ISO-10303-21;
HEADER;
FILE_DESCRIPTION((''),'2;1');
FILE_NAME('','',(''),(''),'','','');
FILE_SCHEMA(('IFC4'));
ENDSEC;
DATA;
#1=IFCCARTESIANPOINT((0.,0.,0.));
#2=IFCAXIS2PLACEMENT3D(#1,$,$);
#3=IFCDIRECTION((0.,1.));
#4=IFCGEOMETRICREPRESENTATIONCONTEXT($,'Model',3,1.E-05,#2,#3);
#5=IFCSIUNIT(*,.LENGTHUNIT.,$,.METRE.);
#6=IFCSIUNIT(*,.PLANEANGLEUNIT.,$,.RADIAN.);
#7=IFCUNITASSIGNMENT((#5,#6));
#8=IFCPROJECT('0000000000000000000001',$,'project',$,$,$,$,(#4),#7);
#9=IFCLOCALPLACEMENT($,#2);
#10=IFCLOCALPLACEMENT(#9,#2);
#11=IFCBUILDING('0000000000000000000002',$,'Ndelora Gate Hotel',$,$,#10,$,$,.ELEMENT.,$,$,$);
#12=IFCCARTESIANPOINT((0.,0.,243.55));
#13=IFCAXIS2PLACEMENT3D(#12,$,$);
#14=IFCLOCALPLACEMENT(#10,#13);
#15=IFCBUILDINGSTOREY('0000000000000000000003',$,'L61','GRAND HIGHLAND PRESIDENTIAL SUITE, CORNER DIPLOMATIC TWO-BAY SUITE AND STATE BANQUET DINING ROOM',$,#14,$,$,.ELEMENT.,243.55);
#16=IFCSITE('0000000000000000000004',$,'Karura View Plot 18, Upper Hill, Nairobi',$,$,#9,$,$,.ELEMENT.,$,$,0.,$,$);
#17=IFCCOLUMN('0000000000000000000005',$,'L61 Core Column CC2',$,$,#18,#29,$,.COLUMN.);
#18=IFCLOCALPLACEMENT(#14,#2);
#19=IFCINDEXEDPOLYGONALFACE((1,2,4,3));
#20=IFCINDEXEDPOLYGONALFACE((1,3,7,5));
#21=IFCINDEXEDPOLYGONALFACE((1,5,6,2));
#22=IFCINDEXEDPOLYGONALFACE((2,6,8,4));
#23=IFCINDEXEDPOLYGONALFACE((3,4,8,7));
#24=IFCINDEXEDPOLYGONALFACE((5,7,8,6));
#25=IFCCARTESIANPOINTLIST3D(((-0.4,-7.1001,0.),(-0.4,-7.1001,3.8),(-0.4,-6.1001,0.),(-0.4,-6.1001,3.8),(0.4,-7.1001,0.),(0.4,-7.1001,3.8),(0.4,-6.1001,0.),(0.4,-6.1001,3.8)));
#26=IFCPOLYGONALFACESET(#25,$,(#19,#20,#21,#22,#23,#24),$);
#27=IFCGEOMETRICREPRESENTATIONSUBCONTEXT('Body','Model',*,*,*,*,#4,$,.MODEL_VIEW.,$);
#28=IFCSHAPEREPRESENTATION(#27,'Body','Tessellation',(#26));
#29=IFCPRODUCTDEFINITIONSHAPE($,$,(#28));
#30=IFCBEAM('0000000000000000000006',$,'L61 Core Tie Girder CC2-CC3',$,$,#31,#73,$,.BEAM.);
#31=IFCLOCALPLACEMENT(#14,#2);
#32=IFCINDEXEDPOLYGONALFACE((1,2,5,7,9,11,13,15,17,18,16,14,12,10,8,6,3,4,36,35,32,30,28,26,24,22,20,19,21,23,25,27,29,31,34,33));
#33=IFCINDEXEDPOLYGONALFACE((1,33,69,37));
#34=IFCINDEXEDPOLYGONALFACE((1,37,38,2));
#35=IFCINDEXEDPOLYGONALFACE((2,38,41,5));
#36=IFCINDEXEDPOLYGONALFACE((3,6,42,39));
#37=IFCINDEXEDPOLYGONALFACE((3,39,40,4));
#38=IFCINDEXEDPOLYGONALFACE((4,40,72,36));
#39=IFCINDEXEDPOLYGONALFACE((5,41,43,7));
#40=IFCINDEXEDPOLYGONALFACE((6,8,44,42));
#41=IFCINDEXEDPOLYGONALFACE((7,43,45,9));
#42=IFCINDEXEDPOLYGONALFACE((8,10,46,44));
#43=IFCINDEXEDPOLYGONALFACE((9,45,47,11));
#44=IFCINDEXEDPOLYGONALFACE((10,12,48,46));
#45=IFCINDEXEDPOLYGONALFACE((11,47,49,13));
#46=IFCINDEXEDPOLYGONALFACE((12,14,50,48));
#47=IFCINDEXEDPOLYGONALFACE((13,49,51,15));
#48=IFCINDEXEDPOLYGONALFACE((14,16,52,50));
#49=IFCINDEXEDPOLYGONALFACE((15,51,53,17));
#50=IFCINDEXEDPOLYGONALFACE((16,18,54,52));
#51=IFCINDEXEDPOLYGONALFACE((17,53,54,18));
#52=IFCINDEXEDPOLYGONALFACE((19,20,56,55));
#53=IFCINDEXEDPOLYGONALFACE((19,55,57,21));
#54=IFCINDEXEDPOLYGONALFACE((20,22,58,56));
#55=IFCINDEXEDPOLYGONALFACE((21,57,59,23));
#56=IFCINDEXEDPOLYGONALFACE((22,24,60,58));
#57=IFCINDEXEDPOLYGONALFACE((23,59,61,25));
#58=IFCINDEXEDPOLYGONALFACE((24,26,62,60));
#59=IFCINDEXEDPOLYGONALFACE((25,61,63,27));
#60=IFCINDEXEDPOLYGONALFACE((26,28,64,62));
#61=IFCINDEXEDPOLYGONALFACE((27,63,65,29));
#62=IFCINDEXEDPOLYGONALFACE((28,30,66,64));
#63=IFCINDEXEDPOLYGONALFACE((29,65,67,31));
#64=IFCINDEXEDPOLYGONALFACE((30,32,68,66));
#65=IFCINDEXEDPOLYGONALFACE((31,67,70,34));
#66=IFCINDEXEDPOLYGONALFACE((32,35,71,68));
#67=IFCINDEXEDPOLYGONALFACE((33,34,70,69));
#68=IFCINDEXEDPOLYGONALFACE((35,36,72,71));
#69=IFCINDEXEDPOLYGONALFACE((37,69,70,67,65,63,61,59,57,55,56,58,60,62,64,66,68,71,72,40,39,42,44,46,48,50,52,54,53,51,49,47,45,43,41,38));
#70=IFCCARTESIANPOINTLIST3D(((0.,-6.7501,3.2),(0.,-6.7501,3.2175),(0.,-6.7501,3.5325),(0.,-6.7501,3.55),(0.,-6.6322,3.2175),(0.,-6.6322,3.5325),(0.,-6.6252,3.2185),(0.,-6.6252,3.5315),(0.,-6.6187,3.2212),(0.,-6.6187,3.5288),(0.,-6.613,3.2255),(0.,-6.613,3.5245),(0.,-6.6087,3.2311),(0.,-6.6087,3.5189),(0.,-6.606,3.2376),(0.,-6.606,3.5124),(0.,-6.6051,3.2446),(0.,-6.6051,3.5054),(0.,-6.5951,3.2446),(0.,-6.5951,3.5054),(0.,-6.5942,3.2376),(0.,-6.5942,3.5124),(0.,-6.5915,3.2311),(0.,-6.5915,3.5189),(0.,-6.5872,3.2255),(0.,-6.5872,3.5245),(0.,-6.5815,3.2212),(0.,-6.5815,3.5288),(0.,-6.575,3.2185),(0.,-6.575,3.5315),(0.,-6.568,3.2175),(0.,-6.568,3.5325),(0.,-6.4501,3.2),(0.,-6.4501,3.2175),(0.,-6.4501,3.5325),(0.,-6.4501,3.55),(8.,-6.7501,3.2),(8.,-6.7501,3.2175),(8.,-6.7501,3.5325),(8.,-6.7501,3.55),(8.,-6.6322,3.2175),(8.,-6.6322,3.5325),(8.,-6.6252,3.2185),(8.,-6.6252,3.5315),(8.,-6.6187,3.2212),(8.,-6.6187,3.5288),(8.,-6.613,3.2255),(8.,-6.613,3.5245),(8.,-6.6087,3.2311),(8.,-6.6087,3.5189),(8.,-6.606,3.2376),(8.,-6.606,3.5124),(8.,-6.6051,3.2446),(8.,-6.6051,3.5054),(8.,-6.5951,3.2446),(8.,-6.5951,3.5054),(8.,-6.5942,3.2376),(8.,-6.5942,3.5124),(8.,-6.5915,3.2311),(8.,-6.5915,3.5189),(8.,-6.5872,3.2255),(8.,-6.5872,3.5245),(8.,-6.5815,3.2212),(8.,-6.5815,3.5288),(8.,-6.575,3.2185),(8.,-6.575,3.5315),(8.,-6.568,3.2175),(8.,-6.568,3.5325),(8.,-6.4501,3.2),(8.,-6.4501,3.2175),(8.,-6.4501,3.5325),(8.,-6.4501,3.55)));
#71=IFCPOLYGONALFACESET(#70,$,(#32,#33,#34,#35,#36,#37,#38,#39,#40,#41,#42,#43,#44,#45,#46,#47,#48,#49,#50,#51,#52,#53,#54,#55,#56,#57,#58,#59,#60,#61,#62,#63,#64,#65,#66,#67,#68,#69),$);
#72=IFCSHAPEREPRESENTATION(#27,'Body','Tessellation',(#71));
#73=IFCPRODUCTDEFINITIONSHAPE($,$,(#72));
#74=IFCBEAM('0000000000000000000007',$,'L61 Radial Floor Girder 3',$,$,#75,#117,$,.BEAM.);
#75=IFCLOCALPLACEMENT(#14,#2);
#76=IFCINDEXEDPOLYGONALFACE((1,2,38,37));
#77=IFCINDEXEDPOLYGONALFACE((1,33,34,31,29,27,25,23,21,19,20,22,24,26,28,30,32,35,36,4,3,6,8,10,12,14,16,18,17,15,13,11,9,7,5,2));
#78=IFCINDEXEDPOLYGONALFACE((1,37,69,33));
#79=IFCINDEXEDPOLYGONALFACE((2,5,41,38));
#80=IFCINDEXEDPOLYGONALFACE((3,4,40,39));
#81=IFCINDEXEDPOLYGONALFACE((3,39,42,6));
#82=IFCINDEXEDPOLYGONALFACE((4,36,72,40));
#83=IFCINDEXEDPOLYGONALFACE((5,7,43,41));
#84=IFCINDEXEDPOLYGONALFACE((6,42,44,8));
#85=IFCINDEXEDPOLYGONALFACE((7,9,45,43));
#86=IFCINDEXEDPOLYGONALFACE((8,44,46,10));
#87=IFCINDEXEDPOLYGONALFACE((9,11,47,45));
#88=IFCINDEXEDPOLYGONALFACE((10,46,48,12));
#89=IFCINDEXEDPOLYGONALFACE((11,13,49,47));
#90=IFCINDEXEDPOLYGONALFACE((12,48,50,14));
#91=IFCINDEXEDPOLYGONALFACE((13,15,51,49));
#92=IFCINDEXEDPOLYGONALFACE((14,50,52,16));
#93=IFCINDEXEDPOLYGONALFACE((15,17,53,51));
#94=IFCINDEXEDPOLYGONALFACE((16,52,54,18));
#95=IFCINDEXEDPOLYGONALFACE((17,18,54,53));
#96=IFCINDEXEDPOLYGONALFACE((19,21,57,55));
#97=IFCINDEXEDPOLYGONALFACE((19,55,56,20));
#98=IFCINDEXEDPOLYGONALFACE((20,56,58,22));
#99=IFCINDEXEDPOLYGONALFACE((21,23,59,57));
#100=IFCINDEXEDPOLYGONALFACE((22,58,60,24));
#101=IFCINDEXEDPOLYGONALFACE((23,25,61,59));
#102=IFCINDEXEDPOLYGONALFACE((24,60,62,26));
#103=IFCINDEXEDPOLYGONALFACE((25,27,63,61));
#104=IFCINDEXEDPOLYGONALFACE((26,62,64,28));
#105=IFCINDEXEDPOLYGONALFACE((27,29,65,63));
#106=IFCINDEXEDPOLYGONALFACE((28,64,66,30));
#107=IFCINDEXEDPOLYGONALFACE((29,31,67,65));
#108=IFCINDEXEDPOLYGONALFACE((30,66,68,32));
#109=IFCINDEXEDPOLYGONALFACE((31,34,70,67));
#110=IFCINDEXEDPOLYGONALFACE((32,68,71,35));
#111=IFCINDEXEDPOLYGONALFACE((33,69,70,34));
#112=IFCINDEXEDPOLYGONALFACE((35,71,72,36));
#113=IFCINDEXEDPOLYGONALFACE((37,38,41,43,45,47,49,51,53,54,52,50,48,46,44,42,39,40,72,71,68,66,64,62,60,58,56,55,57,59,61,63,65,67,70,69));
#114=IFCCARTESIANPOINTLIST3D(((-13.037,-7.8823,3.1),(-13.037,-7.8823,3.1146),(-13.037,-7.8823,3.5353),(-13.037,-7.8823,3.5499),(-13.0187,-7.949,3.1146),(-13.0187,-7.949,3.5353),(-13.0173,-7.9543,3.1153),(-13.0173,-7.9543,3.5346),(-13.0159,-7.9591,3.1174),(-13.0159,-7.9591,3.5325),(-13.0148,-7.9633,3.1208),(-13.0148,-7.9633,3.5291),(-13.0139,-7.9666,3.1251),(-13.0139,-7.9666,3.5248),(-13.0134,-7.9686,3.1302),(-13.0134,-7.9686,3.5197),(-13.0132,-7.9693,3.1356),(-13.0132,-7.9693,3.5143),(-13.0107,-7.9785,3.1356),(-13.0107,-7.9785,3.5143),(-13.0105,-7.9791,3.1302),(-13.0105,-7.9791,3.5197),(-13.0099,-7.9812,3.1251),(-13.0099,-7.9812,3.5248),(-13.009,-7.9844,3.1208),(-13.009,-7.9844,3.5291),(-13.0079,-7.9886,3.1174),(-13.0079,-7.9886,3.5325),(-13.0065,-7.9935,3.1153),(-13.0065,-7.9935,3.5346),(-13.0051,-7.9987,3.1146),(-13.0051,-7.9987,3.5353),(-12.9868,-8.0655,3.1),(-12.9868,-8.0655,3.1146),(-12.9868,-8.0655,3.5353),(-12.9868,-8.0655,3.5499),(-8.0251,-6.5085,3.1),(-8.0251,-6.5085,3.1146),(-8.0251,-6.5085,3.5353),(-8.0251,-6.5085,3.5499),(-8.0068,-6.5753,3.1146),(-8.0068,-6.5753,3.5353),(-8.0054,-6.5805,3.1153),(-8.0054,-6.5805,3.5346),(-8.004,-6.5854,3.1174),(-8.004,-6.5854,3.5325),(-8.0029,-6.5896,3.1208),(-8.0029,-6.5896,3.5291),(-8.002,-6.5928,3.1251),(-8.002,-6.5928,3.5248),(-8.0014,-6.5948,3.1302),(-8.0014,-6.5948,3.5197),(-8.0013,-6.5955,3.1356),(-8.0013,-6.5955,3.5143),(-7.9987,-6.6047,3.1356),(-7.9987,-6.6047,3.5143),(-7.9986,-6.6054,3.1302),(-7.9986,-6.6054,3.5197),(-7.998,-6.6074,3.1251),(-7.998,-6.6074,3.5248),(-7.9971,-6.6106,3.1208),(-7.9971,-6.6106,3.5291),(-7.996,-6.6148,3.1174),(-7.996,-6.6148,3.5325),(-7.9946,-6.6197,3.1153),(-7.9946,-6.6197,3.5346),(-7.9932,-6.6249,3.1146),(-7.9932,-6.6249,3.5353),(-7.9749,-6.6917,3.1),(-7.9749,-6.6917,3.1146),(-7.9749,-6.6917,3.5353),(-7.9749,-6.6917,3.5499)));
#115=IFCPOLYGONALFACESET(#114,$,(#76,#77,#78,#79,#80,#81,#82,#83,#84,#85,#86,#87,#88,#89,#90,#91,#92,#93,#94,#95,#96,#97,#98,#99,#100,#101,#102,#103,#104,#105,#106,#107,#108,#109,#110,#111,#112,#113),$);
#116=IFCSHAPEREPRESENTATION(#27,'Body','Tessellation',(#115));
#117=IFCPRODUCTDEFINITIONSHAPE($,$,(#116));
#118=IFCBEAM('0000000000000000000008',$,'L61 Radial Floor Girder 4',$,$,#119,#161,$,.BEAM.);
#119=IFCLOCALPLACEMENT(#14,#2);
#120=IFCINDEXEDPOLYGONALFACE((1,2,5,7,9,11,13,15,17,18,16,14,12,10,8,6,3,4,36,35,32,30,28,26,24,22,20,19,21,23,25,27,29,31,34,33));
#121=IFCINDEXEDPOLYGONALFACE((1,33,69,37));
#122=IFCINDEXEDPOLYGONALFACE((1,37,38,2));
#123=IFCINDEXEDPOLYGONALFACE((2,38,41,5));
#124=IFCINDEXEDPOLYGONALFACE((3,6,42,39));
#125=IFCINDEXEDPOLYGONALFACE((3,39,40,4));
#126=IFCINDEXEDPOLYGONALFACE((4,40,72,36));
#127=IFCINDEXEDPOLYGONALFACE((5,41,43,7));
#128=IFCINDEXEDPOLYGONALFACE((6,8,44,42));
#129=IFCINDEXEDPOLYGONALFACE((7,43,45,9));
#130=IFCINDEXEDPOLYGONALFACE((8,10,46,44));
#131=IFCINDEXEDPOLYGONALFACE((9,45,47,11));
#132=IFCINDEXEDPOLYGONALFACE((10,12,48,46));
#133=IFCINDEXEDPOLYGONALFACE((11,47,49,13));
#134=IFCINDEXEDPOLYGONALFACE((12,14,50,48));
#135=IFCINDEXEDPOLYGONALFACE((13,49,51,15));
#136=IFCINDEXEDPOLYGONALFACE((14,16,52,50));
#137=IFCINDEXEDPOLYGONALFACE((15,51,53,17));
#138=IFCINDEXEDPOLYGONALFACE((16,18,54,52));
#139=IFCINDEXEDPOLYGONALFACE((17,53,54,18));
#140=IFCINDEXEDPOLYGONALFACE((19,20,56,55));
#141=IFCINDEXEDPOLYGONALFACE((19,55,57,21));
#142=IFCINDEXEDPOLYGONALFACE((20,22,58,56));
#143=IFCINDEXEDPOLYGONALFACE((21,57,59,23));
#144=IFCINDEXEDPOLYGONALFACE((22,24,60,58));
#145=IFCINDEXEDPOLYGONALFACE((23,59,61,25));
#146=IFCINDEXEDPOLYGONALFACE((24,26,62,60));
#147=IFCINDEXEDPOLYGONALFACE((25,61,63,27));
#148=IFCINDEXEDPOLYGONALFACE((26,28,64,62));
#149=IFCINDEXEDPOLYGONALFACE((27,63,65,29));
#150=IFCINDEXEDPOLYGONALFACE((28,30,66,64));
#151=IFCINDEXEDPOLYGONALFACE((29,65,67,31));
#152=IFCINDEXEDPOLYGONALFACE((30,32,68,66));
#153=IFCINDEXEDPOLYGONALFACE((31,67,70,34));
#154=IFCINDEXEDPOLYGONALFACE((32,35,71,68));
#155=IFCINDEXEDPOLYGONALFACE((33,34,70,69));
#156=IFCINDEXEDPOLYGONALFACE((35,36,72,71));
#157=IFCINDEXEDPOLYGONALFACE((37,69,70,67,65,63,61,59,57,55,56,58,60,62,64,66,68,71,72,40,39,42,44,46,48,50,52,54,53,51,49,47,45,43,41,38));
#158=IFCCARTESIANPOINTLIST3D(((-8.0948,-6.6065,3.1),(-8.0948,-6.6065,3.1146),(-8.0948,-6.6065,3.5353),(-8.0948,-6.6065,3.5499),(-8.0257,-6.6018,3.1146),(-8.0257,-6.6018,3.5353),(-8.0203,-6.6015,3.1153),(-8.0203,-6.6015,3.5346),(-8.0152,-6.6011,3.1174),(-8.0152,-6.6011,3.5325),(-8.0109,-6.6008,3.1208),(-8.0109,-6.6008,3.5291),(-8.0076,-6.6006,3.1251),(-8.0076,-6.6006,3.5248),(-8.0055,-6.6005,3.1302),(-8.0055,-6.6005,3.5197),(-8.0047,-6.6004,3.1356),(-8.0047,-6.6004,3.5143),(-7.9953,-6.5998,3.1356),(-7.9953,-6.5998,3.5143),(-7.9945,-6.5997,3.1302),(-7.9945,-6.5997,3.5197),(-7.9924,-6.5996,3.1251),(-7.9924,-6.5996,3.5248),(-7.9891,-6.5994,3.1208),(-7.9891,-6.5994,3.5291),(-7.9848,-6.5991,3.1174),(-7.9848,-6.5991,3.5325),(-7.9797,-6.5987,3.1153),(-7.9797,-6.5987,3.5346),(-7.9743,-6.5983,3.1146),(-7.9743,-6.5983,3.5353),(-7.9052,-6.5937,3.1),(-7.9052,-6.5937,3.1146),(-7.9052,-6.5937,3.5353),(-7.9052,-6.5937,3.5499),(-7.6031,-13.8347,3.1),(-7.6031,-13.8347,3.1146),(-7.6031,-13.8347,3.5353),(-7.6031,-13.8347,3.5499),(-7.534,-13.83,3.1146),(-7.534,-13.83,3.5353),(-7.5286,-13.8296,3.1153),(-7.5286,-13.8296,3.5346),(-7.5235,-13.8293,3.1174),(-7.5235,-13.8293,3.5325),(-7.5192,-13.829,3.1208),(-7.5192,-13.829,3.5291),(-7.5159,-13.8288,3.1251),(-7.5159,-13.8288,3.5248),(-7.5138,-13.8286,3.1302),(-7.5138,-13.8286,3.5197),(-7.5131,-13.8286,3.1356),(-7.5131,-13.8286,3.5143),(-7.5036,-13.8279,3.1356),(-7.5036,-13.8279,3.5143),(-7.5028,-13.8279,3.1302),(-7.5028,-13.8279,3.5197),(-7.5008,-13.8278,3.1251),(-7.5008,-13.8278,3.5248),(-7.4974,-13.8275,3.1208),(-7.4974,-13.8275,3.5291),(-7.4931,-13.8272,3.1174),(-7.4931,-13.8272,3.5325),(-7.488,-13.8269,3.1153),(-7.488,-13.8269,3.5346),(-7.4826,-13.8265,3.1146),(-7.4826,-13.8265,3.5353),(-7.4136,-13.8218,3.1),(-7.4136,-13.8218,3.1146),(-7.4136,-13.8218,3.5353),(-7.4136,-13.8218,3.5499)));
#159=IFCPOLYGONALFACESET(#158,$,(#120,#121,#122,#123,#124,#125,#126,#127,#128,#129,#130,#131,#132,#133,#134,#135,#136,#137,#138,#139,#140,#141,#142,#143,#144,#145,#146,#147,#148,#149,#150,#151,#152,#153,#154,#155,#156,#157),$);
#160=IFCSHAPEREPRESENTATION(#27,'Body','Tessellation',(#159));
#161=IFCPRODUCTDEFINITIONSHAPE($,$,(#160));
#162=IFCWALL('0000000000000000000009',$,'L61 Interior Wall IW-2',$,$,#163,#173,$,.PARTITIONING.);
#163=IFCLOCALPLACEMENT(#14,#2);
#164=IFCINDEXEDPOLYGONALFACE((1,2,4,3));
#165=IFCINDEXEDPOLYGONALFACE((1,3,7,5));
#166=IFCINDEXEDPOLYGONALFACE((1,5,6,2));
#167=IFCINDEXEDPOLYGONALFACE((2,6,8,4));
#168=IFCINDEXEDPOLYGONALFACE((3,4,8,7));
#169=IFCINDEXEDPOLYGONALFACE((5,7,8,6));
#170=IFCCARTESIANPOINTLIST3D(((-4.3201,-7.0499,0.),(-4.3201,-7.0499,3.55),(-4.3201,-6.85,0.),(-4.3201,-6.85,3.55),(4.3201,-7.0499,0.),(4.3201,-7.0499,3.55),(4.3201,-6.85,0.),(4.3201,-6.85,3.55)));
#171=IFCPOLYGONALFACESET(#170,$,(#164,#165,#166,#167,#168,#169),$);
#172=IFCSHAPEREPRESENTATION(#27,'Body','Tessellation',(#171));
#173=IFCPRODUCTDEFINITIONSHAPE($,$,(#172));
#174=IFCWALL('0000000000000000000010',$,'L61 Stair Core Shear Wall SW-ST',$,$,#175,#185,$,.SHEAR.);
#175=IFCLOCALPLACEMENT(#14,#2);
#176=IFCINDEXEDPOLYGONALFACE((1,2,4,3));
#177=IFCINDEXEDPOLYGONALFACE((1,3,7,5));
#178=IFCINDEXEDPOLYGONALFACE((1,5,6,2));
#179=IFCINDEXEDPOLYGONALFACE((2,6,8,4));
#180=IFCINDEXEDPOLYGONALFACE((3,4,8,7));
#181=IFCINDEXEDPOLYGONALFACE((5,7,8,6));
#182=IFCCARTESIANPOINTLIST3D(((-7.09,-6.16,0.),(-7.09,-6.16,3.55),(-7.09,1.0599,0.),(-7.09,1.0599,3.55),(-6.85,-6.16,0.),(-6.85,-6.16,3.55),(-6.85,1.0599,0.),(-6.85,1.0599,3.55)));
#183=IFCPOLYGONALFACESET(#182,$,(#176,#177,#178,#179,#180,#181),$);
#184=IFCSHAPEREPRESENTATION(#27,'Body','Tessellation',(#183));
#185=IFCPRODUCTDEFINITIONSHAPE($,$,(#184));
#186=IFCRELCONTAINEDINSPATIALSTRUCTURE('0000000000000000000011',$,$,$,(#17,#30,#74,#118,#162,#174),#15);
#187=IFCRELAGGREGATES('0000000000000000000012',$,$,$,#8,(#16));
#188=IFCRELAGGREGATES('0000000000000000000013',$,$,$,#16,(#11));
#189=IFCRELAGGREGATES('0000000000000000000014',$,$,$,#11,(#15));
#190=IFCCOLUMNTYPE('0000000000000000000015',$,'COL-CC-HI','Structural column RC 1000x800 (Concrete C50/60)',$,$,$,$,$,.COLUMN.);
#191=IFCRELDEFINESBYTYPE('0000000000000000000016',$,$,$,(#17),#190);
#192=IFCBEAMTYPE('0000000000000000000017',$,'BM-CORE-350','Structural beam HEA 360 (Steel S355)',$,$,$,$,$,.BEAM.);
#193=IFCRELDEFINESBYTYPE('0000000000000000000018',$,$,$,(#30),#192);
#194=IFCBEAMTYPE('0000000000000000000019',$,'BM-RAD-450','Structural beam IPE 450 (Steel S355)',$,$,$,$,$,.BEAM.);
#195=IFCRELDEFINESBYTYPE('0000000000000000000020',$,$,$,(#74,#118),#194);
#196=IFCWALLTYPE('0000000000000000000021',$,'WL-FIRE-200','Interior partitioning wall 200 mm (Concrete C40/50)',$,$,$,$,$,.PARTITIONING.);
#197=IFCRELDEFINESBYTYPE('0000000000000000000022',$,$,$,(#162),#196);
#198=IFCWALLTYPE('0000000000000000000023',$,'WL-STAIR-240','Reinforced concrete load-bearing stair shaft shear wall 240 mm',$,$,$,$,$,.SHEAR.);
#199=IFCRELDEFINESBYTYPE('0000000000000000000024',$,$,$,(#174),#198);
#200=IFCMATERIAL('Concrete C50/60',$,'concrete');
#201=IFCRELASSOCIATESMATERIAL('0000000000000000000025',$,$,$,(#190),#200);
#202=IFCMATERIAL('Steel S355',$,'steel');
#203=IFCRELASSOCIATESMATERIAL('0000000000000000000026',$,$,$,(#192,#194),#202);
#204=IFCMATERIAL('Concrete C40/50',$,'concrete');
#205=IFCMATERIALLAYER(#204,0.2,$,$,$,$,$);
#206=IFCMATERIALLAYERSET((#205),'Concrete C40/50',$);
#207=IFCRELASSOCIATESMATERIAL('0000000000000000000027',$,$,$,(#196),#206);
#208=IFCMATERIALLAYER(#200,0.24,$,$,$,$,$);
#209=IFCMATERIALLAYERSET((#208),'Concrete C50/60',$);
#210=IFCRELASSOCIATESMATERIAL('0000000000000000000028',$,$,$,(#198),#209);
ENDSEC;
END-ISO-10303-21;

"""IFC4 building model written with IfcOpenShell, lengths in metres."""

from ifc_helpers import new_model, si_unit, direction, frame, frame_2d, origin, origin_2d, place, context, subcontext, project, spatial, rectangle, i_section, extrude, material, layer, layer_set, material_profile, profile_set, type_object, element, save


model = new_model("IFC4")

# Units and contexts
model_context = context("Model", 3, precision=1e-05, world=origin(), true_north=direction((0.0, 1.0)))
body_context = subcontext(model_context, "Body", "Model", "MODEL_VIEW")
ifc_project = project(units=[si_unit("LENGTHUNIT", "METRE"), si_unit("PLANEANGLEUNIT", "RADIAN")], contexts=[model_context])

# Site, building, storey
site_placement = place(None, origin())
site = spatial("IfcSite", under=ifc_project, at=site_placement, Name="Karura View Plot 18, Upper Hill, Nairobi", CompositionType="ELEMENT", RefElevation=0.0)
building_placement = place(site_placement, origin())
building = spatial("IfcBuilding", under=site, at=building_placement, Name="Ndelora Gate Hotel", CompositionType="ELEMENT")
storey_placement = place(building_placement, frame((0.0, 0.0, 243.55)))
storey = spatial("IfcBuildingStorey", under=building, at=storey_placement, Name="L61", Description="GRAND HIGHLAND PRESIDENTIAL SUITE, CORNER DIPLOMATIC TWO-BAY SUITE AND STATE BANQUET DINING ROOM", CompositionType="ELEMENT", Elevation=243.55)

# Column
ifc_material_1 = material(Name="Concrete C50/60", Category="concrete")
ifc_material_profile_1 = material_profile(ifc_material_1, rectangle(XDim=0.8, YDim=1.0, at=origin_2d()), Name="RC 1000x800")
ifc_profile_set_1 = profile_set([ifc_material_profile_1], Name="Concrete C50/60")
column_type = type_object("IfcColumnType", Name="COL-CC-HI", Description="Structural column RC 1000x800 (Concrete C50/60)", PredefinedType="COLUMN", material=ifc_profile_set_1)
column_placement = place(storey_placement, frame((0.0, -6.6001, 0.0), z_axis=(0.0, 0.0, 1.0), x_axis=(1.0, 0.0, 0.0)))
element("IfcColumn", 1, at=column_placement, inside=storey, type_object=column_type, Name="L61 Core Column CC2", PredefinedType="COLUMN", context=body_context, shape_type="SweptSolid", body=[
    extrude(rectangle(XDim=0.8, YDim=1.0, at=origin_2d()), origin(), (0.0, 0.0, 1.0), 3.8),
])

# Beams
ifc_material_2 = material(Name="Steel S355", Category="steel")
ifc_material_profile_2 = material_profile(ifc_material_2, i_section(OverallWidth=0.3, OverallDepth=0.3501, WebThickness=0.01, FlangeThickness=0.0176, FilletRadius=0.0271, at=origin_2d()), Name="HEA 360")
ifc_profile_set_2 = profile_set([ifc_material_profile_2], Name="Steel S355")
beam_type_1 = type_object("IfcBeamType", Name="BM-CORE-350", Description="Structural beam HEA 360 (Steel S355)", PredefinedType="BEAM", material=ifc_profile_set_2)
beam_1_placement = place(storey_placement, frame((0.0, -6.6001, 3.375), z_axis=(1.0, 0.0, 0.0), x_axis=(0.0, 1.0, 0.0)))
element("IfcBeam", 2, at=beam_1_placement, inside=storey, type_object=beam_type_1, Name="L61 Core Tie Girder CC2-CC3", PredefinedType="BEAM", context=body_context, shape_type="SweptSolid", body=[
    extrude(i_section(OverallWidth=0.3, OverallDepth=0.3501, WebThickness=0.01, FlangeThickness=0.0176, FilletRadius=0.0271, at=origin_2d()), origin(), (0.0, 0.0, 1.0), 8.0),
])
ifc_material_profile_3 = material_profile(ifc_material_2, i_section(OverallWidth=0.1899, OverallDepth=0.45, WebThickness=0.0095, FlangeThickness=0.0146, FilletRadius=0.021, at=origin_2d()), Name="IPE 450")
ifc_profile_set_3 = profile_set([ifc_material_profile_3], Name="Steel S355")
beam_type_2 = type_object("IfcBeamType", Name="BM-RAD-450", Description="Structural beam IPE 450 (Steel S355)", PredefinedType="BEAM", material=ifc_profile_set_3)
beam_2_placement = place(storey_placement, frame((-8.0, -6.6001, 3.325), z_axis=(-0.964427, -0.264349, 0.0), x_axis=(0.264349, -0.964427, 0.0)))
element("IfcBeam", 3, at=beam_2_placement, inside=storey, type_object=beam_type_2, Name="L61 Radial Floor Girder 3", PredefinedType="BEAM", context=body_context, shape_type="SweptSolid", body=[
    extrude(i_section(OverallWidth=0.1899, OverallDepth=0.45, WebThickness=0.0095, FlangeThickness=0.0146, FilletRadius=0.021, at=origin_2d()), origin(), (0.0, 0.0, 1.0), 5.1968),
])
beam_3_placement = place(storey_placement, frame((-8.0, -6.6001, 3.325), z_axis=(0.067868, -0.997694, 0.0), x_axis=(0.997694, 0.067868, 0.0)))
element("IfcBeam", 4, at=beam_3_placement, inside=storey, type_object=beam_type_2, Name="L61 Radial Floor Girder 4", PredefinedType="BEAM", context=body_context, shape_type="SweptSolid", body=[
    extrude(i_section(OverallWidth=0.1899, OverallDepth=0.45, WebThickness=0.0095, FlangeThickness=0.0146, FilletRadius=0.021, at=origin_2d()), origin(), (0.0, 0.0, 1.0), 7.2449),
])

# Walls
ifc_material_3 = material(Name="Concrete C40/50", Category="concrete")
ifc_layer_1 = layer(ifc_material_3, 0.2)
ifc_layer_set_1 = layer_set([ifc_layer_1], Name="Concrete C40/50")
wall_type_1 = type_object("IfcWallType", Name="WL-FIRE-200", Description="Interior partitioning wall 200 mm (Concrete C40/50)", PredefinedType="PARTITIONING", material=ifc_layer_set_1)
wall_1_placement = place(storey_placement, frame((-4.3201, -6.95, 0.0), z_axis=(0.0, 0.0, 1.0), x_axis=(1.0, 0.0, 0.0)))
element("IfcWall", 5, at=wall_1_placement, inside=storey, type_object=wall_type_1, Name="L61 Interior Wall IW-2", PredefinedType="PARTITIONING", context=body_context, shape_type="SweptSolid", body=[
    extrude(rectangle(XDim=8.6401, YDim=0.2, at=frame_2d((4.3201, 0.0))), origin(), (0.0, 0.0, 1.0), 3.55),
])
ifc_layer_2 = layer(ifc_material_1, 0.24)
ifc_layer_set_2 = layer_set([ifc_layer_2], Name="Concrete C50/60")
wall_type_2 = type_object("IfcWallType", Name="WL-STAIR-240", Description="Reinforced concrete load-bearing stair shaft shear wall 240 mm", PredefinedType="SHEAR", material=ifc_layer_set_2)
wall_2_placement = place(storey_placement, frame((-6.97, -6.1599, 0.0), z_axis=(0.0, 0.0, 1.0), x_axis=(0.0, 1.0, 0.0)))
element("IfcWall", 6, at=wall_2_placement, inside=storey, type_object=wall_type_2, Name="L61 Stair Core Shear Wall SW-ST", PredefinedType="SHEAR", context=body_context, shape_type="SweptSolid", body=[
    extrude(rectangle(XDim=7.22, YDim=0.24, at=frame_2d((3.6099, 0.0))), origin(), (0.0, 0.0, 1.0), 3.55),
])

save(model, "model.ifc")
